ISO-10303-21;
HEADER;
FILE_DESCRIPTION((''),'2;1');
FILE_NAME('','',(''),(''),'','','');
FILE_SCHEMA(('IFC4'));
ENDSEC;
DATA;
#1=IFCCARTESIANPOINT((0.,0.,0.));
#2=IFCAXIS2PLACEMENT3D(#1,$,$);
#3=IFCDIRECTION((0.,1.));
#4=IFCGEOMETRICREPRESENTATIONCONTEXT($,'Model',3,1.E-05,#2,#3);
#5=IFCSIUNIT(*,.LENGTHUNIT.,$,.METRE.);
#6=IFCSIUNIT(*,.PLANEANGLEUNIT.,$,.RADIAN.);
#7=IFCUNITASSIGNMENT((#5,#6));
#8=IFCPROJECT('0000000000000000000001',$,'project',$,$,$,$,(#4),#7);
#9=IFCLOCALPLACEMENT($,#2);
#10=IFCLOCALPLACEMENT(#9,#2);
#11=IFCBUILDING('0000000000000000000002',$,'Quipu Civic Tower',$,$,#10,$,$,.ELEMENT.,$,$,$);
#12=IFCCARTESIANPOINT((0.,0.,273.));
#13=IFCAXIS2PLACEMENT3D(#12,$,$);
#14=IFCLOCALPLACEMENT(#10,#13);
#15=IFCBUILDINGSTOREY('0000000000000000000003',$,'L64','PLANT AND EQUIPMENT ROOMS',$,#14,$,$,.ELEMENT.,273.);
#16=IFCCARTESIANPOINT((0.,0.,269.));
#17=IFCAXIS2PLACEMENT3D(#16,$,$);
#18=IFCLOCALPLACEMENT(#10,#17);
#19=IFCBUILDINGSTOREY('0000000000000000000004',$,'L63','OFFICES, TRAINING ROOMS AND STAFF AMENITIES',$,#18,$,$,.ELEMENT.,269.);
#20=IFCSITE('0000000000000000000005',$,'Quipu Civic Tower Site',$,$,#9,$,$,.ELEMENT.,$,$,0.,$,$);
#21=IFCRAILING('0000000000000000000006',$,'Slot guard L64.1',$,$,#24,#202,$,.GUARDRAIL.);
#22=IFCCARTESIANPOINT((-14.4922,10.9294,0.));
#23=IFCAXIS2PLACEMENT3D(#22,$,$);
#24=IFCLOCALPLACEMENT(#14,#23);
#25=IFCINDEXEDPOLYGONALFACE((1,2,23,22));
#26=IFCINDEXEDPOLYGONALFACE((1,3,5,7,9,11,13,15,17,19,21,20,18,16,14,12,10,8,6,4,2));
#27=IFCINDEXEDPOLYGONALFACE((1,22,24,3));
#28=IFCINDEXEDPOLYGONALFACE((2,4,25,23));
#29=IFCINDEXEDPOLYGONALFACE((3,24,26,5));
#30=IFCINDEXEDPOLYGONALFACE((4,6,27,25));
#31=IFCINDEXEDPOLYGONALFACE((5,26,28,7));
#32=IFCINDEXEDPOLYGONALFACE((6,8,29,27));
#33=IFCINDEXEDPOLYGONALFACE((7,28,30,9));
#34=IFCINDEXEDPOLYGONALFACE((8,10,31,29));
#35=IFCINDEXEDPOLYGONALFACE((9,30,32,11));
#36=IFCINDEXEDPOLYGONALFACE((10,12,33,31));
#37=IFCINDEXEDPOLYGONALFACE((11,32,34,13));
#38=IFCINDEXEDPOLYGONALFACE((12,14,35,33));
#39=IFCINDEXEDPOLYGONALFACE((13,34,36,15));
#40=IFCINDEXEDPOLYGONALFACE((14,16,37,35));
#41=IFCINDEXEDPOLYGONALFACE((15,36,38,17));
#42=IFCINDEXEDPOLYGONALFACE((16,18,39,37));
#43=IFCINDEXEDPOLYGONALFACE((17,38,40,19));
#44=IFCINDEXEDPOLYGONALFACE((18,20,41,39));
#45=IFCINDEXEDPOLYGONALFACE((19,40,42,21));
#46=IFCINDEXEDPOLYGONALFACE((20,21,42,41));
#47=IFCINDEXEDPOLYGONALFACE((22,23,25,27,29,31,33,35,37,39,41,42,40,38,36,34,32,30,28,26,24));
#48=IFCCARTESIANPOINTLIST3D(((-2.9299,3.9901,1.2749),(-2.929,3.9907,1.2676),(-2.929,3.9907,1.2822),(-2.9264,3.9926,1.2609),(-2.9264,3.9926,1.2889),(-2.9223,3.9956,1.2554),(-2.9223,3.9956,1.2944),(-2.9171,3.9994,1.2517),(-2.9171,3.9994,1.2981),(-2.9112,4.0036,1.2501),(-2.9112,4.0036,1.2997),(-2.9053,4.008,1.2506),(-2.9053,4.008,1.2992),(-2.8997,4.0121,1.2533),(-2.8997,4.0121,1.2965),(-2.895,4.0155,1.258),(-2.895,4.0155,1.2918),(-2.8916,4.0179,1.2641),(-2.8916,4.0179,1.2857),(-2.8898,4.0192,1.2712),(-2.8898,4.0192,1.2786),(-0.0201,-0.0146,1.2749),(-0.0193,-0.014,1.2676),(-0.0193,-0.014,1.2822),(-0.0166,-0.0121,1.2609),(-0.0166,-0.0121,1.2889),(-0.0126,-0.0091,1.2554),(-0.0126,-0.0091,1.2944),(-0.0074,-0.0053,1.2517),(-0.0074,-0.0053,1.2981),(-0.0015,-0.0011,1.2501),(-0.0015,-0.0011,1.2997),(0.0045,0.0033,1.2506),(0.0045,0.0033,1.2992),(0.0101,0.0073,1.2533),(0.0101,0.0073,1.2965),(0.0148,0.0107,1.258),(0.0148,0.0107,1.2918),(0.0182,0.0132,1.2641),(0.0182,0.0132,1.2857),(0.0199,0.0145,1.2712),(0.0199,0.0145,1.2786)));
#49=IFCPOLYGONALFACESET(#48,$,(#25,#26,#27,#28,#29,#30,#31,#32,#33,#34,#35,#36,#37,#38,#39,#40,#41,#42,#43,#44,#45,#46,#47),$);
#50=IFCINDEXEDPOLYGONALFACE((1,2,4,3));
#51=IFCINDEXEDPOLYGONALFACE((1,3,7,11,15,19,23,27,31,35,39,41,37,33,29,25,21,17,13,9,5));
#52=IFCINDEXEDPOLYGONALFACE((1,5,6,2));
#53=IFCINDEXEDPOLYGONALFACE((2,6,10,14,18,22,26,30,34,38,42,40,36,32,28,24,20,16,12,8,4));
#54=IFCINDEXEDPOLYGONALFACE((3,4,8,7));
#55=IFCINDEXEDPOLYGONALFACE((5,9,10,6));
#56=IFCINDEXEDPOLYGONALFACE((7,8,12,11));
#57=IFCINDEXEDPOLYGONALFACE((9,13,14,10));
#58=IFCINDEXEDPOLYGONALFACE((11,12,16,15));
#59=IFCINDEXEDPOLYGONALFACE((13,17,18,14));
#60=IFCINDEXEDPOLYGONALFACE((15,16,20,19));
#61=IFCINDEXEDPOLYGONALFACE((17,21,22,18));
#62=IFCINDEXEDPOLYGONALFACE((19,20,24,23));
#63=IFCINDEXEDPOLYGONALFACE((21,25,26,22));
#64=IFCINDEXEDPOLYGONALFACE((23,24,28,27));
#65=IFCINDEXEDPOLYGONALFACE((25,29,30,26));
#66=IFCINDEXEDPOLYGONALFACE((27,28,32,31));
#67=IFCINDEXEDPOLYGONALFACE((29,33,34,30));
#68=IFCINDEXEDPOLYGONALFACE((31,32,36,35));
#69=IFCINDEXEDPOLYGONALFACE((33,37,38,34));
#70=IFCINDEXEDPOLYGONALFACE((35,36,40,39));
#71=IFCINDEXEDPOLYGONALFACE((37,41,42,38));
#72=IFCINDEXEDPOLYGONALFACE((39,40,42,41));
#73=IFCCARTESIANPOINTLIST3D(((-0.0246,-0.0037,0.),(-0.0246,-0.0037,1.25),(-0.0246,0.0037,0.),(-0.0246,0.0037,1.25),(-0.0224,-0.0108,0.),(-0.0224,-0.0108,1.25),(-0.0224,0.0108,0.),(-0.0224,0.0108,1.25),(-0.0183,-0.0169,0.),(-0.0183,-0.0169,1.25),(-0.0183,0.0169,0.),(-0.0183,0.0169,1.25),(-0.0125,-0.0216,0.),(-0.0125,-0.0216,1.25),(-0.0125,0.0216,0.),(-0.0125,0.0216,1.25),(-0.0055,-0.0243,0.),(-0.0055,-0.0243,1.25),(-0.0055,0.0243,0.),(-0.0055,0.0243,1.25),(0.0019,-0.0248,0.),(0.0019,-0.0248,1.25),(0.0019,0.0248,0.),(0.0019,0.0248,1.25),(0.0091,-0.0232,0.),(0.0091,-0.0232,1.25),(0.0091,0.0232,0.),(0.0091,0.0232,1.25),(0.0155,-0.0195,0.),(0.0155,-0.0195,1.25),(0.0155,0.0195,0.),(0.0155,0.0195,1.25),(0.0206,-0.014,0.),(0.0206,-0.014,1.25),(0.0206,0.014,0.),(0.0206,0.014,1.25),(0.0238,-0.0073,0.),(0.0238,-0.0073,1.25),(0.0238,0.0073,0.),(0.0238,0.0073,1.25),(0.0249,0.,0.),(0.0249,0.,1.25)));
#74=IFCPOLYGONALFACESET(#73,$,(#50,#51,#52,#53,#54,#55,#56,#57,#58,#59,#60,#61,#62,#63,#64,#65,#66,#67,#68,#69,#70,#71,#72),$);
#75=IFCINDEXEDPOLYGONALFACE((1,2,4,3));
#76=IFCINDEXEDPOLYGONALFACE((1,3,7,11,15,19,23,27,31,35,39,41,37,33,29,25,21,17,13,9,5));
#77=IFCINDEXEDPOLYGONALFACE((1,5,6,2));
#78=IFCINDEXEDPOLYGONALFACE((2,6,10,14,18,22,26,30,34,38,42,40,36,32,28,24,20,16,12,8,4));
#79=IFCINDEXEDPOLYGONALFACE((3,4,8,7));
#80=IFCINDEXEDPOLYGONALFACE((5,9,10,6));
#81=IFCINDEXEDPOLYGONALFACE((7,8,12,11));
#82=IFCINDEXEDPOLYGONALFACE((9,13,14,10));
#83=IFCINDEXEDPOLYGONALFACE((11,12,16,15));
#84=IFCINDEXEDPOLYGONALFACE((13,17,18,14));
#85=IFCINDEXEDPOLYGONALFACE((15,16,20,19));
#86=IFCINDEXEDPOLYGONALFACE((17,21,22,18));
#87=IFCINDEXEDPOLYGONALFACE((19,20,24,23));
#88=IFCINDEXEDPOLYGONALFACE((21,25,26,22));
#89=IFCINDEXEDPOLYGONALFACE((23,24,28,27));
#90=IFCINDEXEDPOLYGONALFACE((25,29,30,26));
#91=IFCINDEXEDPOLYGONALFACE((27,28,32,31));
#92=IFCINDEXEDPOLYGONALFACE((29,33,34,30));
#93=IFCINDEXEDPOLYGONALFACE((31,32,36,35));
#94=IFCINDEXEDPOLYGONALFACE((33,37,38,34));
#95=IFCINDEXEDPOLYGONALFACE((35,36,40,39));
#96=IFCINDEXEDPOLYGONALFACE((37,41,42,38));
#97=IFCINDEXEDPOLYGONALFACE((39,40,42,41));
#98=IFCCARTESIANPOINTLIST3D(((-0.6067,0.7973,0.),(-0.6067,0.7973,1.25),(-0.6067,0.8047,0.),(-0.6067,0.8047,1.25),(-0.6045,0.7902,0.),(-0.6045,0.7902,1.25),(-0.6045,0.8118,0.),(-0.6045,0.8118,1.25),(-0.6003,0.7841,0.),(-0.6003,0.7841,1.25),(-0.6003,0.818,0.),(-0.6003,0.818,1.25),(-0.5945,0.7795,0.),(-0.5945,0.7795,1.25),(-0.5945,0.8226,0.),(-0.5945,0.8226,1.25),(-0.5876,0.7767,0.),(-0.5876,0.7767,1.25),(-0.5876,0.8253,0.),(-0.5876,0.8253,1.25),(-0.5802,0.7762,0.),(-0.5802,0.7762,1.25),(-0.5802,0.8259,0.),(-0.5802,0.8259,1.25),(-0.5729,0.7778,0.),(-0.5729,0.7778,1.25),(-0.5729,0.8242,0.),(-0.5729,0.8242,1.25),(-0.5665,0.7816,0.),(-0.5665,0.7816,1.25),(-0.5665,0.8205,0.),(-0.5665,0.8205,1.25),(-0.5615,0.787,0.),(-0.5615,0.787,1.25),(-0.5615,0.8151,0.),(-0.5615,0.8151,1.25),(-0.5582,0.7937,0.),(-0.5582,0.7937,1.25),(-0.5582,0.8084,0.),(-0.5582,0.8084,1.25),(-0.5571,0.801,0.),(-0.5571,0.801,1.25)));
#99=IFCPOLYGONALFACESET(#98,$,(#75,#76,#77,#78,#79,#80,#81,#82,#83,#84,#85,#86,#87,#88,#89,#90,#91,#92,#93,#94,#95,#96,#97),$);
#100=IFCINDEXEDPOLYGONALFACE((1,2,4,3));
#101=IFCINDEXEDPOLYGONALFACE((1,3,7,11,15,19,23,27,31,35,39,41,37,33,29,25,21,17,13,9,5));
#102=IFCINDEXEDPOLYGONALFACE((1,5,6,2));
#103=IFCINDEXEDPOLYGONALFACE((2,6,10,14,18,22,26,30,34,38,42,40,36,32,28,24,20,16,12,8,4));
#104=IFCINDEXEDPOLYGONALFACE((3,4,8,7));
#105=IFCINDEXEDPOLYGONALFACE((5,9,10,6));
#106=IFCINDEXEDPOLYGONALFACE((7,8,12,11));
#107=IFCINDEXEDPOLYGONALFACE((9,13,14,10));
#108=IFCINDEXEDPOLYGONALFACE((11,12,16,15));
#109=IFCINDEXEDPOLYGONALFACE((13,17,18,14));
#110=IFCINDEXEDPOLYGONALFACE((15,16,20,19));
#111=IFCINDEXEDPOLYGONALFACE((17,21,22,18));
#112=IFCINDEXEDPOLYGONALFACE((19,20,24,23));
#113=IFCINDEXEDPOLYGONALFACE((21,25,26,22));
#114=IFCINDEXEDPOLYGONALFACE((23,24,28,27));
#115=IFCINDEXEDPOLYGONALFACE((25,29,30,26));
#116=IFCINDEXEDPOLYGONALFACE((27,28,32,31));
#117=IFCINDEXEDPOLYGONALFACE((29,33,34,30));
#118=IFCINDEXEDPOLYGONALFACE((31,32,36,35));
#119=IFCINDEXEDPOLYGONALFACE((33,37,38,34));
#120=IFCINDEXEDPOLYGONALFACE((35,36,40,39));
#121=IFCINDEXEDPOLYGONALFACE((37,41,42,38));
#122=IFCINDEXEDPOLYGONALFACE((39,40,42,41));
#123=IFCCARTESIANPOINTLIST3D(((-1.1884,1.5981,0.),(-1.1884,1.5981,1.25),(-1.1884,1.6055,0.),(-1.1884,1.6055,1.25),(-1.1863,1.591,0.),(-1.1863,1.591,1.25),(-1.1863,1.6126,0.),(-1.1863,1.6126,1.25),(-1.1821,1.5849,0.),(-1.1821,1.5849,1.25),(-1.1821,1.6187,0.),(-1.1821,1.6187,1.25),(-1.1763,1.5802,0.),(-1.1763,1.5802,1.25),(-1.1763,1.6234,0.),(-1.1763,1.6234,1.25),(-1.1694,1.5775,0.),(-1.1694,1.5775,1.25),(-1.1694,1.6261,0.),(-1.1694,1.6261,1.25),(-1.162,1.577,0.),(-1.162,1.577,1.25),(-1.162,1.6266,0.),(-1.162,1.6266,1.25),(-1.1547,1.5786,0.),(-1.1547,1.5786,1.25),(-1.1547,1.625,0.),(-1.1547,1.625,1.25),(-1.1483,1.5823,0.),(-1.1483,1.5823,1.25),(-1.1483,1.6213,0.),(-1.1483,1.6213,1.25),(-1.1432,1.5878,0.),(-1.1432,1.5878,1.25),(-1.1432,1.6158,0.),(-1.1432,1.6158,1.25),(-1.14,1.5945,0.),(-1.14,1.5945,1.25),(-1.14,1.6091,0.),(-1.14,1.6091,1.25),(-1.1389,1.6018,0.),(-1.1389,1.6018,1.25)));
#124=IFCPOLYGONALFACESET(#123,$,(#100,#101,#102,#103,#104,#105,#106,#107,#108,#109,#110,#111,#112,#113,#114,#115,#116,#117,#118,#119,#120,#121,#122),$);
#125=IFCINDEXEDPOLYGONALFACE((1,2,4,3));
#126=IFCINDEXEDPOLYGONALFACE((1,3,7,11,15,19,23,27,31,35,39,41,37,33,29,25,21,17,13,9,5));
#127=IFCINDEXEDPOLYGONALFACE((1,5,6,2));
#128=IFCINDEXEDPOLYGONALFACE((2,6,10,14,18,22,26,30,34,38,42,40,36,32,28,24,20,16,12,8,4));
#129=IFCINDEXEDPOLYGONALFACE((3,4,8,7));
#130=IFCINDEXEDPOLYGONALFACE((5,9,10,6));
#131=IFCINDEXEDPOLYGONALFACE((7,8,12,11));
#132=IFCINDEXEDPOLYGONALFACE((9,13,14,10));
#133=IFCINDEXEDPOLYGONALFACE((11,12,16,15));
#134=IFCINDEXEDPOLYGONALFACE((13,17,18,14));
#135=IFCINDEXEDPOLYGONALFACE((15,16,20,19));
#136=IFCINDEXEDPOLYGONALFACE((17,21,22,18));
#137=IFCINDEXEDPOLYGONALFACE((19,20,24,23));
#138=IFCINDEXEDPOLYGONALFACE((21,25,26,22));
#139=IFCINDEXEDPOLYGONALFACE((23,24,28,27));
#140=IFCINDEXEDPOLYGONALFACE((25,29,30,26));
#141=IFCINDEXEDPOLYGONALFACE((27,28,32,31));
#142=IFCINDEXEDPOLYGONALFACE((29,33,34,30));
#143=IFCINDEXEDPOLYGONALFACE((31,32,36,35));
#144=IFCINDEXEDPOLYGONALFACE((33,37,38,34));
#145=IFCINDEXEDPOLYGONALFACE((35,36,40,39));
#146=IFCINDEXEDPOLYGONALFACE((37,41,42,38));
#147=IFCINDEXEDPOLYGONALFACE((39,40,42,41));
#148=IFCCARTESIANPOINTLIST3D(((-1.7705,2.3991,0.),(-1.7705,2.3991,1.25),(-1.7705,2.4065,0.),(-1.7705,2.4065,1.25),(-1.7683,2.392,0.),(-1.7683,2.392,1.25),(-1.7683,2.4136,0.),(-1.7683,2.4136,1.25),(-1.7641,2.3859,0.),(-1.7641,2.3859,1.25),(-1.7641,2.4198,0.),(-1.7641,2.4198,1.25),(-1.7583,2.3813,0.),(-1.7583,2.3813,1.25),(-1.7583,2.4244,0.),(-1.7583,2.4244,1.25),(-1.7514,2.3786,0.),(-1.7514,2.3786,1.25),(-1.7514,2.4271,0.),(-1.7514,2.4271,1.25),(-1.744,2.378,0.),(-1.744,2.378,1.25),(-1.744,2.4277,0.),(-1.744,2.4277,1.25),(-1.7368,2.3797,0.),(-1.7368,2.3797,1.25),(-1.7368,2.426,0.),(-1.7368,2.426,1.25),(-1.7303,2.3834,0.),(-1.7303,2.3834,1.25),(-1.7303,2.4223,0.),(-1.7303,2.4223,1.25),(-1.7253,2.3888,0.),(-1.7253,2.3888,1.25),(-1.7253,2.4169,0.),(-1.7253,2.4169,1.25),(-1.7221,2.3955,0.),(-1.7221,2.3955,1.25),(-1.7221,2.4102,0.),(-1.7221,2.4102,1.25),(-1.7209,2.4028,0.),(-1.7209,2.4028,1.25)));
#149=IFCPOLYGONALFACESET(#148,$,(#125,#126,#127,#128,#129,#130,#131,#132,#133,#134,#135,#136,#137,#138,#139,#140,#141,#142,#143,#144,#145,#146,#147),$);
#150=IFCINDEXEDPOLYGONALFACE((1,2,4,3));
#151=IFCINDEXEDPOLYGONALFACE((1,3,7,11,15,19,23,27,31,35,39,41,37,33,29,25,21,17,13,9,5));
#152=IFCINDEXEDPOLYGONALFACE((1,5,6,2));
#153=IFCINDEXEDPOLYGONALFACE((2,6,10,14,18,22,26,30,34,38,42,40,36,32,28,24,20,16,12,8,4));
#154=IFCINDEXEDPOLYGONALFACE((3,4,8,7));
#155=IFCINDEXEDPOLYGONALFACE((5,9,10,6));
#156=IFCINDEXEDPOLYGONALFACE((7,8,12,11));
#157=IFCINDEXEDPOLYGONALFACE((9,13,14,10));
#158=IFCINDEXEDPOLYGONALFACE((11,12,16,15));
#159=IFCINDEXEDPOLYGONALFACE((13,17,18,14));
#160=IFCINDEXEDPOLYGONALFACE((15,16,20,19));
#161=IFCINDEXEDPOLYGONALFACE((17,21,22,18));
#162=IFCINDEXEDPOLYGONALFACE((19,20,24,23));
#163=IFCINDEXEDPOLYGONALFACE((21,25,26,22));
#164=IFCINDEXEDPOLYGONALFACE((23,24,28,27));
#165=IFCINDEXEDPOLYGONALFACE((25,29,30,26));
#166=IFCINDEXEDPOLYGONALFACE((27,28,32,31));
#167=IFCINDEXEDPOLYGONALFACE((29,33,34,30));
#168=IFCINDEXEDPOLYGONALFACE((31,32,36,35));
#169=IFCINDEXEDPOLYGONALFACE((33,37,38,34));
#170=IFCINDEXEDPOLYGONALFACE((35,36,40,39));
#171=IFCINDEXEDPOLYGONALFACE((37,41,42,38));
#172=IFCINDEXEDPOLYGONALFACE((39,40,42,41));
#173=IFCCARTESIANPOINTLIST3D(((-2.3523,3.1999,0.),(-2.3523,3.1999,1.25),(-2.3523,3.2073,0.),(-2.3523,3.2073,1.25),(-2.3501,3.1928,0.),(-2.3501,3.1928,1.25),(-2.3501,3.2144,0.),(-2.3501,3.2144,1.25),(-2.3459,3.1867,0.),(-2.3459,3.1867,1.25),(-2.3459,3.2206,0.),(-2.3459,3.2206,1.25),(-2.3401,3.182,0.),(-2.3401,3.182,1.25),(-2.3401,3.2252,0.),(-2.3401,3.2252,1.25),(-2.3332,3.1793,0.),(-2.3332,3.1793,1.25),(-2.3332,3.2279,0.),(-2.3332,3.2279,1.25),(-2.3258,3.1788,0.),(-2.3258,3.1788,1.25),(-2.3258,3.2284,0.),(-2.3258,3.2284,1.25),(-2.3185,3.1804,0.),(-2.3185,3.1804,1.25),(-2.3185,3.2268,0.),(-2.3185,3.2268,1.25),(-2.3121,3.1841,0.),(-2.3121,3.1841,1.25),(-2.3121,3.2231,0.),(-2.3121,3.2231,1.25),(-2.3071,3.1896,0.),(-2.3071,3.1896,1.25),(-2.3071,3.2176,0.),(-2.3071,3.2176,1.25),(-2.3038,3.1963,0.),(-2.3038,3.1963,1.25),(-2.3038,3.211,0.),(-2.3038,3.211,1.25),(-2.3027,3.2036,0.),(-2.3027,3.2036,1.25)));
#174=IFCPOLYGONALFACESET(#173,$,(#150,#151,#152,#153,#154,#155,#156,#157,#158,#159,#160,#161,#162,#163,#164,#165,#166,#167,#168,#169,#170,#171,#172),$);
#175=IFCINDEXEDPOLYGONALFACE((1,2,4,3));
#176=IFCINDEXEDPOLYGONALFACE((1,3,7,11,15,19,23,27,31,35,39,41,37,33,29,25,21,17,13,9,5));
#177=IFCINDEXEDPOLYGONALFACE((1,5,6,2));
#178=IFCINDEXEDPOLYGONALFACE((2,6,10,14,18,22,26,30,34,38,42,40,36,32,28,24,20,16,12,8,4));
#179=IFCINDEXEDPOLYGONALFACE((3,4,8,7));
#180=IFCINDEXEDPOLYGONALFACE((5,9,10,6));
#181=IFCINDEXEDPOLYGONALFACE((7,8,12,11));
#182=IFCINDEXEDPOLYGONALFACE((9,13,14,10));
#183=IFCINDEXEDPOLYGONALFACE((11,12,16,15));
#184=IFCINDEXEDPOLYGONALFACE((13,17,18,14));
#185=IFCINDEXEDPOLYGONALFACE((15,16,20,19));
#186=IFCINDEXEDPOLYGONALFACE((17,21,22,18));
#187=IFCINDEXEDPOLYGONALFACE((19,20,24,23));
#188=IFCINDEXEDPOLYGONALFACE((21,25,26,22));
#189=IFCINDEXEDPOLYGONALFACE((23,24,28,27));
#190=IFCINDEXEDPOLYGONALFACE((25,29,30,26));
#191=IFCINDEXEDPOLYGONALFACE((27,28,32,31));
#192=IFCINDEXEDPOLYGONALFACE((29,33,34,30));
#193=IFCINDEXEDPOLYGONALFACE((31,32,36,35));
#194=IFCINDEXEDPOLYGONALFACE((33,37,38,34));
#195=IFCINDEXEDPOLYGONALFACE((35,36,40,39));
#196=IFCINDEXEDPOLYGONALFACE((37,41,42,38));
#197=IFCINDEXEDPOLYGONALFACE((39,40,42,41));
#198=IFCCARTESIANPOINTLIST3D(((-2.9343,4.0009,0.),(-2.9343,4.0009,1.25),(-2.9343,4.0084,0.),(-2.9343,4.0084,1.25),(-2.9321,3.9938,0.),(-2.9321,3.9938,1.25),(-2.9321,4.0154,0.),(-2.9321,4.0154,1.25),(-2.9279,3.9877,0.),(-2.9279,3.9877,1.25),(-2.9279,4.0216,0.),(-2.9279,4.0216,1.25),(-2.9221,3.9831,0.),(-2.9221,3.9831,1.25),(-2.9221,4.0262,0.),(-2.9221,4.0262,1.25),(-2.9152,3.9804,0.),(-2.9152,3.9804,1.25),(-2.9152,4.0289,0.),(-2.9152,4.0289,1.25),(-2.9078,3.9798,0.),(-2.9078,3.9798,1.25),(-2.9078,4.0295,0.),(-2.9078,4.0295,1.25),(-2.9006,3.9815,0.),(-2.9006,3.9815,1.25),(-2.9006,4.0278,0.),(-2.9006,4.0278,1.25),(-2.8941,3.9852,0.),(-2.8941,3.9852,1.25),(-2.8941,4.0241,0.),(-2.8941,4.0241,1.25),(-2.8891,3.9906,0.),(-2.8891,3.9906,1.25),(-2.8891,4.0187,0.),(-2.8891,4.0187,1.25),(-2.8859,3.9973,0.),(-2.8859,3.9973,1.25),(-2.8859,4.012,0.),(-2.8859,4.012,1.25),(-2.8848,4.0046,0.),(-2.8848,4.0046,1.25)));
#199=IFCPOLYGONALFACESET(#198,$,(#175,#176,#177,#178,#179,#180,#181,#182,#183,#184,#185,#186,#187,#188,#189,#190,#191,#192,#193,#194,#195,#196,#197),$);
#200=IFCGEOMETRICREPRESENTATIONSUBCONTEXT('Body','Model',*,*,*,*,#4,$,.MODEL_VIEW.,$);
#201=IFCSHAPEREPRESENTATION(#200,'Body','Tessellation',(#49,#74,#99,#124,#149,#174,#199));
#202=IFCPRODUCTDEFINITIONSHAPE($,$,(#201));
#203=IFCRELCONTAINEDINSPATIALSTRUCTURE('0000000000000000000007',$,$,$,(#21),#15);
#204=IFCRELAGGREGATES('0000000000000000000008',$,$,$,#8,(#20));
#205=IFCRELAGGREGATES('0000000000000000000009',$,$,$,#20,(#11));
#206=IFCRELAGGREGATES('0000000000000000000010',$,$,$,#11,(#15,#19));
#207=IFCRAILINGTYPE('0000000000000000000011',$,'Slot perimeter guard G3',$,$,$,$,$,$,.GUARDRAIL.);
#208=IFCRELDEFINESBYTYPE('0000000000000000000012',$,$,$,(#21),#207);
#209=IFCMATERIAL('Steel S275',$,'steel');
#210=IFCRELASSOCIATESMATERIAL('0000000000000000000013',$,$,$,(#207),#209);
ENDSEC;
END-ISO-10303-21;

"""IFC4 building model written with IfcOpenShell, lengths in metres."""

from ifc_helpers import new_model, si_unit, direction, frame, origin, origin_2d, place, context, subcontext, project, spatial, circle, extrude, material, type_object, element, save


model = new_model("IFC4")

# Units and contexts
model_context = context("Model", 3, precision=1e-05, world=origin(), true_north=direction((0.0, 1.0)))
body_context = subcontext(model_context, "Body", "Model", "MODEL_VIEW")
ifc_project = project(units=[si_unit("LENGTHUNIT", "METRE"), si_unit("PLANEANGLEUNIT", "RADIAN")], contexts=[model_context])

# Site, building, storey
site_placement = place(None, origin())
site = spatial("IfcSite", under=ifc_project, at=site_placement, Name="Quipu Civic Tower Site", CompositionType="ELEMENT", RefElevation=0.0)
building_placement = place(site_placement, origin())
building = spatial("IfcBuilding", under=site, at=building_placement, Name="Quipu Civic Tower", CompositionType="ELEMENT")
storey_1_placement = place(building_placement, frame((0.0, 0.0, 273.0)))
storey_1 = spatial("IfcBuildingStorey", under=building, at=storey_1_placement, Name="L64", Description="PLANT AND EQUIPMENT ROOMS", CompositionType="ELEMENT", Elevation=273.0)

# Shared definitions
storey_2_placement = place(building_placement, frame((0.0, 0.0, 269.0)))
storey_2 = spatial("IfcBuildingStorey", under=building, at=storey_2_placement, Name="L63", Description="OFFICES, TRAINING ROOMS AND STAFF AMENITIES", CompositionType="ELEMENT", Elevation=269.0)

# Railing
ifc_material_1 = material(Name="Steel S275", Category="steel")
railing_type_1 = type_object("IfcRailingType", Name="Slot perimeter guard G3", PredefinedType="GUARDRAIL", material=ifc_material_1)
railing_1_placement = place(storey_1_placement, frame((-14.4922, 10.9294, 0.0)))
element("IfcRailing", 1, at=railing_1_placement, inside=storey_1, type_object=railing_type_1, Name="Slot guard L64.1", PredefinedType="GUARDRAIL", context=body_context, shape_type="SweptSolid", body=[
    extrude(circle(Radius=0.0249, at=origin_2d()), frame((0.0, 0.0, 1.2749), z_axis=(-0.587802, 0.809005, 0.0), x_axis=(-0.809005, -0.587802, 0.0)), (0.0, 0.0, 1.0), 4.9502),
    extrude(circle(Radius=0.0249, at=origin_2d()), origin(), (0.0, 0.0, 1.0), 1.25),
    extrude(circle(Radius=0.0249, at=origin_2d()), frame((-0.582, 0.801, 0.0)), (0.0, 0.0, 1.0), 1.25),
    extrude(circle(Radius=0.0249, at=origin_2d()), frame((-1.1638, 1.6018, 0.0)), (0.0, 0.0, 1.0), 1.25),
    extrude(circle(Radius=0.0249, at=origin_2d()), frame((-1.7458, 2.4028, 0.0)), (0.0, 0.0, 1.0), 1.25),
    extrude(circle(Radius=0.0249, at=origin_2d()), frame((-2.3276, 3.2036, 0.0)), (0.0, 0.0, 1.0), 1.25),
    extrude(circle(Radius=0.0249, at=origin_2d()), frame((-2.9097, 4.0046, 0.0)), (0.0, 0.0, 1.0), 1.25),
])

save(model, "model.ifc")
